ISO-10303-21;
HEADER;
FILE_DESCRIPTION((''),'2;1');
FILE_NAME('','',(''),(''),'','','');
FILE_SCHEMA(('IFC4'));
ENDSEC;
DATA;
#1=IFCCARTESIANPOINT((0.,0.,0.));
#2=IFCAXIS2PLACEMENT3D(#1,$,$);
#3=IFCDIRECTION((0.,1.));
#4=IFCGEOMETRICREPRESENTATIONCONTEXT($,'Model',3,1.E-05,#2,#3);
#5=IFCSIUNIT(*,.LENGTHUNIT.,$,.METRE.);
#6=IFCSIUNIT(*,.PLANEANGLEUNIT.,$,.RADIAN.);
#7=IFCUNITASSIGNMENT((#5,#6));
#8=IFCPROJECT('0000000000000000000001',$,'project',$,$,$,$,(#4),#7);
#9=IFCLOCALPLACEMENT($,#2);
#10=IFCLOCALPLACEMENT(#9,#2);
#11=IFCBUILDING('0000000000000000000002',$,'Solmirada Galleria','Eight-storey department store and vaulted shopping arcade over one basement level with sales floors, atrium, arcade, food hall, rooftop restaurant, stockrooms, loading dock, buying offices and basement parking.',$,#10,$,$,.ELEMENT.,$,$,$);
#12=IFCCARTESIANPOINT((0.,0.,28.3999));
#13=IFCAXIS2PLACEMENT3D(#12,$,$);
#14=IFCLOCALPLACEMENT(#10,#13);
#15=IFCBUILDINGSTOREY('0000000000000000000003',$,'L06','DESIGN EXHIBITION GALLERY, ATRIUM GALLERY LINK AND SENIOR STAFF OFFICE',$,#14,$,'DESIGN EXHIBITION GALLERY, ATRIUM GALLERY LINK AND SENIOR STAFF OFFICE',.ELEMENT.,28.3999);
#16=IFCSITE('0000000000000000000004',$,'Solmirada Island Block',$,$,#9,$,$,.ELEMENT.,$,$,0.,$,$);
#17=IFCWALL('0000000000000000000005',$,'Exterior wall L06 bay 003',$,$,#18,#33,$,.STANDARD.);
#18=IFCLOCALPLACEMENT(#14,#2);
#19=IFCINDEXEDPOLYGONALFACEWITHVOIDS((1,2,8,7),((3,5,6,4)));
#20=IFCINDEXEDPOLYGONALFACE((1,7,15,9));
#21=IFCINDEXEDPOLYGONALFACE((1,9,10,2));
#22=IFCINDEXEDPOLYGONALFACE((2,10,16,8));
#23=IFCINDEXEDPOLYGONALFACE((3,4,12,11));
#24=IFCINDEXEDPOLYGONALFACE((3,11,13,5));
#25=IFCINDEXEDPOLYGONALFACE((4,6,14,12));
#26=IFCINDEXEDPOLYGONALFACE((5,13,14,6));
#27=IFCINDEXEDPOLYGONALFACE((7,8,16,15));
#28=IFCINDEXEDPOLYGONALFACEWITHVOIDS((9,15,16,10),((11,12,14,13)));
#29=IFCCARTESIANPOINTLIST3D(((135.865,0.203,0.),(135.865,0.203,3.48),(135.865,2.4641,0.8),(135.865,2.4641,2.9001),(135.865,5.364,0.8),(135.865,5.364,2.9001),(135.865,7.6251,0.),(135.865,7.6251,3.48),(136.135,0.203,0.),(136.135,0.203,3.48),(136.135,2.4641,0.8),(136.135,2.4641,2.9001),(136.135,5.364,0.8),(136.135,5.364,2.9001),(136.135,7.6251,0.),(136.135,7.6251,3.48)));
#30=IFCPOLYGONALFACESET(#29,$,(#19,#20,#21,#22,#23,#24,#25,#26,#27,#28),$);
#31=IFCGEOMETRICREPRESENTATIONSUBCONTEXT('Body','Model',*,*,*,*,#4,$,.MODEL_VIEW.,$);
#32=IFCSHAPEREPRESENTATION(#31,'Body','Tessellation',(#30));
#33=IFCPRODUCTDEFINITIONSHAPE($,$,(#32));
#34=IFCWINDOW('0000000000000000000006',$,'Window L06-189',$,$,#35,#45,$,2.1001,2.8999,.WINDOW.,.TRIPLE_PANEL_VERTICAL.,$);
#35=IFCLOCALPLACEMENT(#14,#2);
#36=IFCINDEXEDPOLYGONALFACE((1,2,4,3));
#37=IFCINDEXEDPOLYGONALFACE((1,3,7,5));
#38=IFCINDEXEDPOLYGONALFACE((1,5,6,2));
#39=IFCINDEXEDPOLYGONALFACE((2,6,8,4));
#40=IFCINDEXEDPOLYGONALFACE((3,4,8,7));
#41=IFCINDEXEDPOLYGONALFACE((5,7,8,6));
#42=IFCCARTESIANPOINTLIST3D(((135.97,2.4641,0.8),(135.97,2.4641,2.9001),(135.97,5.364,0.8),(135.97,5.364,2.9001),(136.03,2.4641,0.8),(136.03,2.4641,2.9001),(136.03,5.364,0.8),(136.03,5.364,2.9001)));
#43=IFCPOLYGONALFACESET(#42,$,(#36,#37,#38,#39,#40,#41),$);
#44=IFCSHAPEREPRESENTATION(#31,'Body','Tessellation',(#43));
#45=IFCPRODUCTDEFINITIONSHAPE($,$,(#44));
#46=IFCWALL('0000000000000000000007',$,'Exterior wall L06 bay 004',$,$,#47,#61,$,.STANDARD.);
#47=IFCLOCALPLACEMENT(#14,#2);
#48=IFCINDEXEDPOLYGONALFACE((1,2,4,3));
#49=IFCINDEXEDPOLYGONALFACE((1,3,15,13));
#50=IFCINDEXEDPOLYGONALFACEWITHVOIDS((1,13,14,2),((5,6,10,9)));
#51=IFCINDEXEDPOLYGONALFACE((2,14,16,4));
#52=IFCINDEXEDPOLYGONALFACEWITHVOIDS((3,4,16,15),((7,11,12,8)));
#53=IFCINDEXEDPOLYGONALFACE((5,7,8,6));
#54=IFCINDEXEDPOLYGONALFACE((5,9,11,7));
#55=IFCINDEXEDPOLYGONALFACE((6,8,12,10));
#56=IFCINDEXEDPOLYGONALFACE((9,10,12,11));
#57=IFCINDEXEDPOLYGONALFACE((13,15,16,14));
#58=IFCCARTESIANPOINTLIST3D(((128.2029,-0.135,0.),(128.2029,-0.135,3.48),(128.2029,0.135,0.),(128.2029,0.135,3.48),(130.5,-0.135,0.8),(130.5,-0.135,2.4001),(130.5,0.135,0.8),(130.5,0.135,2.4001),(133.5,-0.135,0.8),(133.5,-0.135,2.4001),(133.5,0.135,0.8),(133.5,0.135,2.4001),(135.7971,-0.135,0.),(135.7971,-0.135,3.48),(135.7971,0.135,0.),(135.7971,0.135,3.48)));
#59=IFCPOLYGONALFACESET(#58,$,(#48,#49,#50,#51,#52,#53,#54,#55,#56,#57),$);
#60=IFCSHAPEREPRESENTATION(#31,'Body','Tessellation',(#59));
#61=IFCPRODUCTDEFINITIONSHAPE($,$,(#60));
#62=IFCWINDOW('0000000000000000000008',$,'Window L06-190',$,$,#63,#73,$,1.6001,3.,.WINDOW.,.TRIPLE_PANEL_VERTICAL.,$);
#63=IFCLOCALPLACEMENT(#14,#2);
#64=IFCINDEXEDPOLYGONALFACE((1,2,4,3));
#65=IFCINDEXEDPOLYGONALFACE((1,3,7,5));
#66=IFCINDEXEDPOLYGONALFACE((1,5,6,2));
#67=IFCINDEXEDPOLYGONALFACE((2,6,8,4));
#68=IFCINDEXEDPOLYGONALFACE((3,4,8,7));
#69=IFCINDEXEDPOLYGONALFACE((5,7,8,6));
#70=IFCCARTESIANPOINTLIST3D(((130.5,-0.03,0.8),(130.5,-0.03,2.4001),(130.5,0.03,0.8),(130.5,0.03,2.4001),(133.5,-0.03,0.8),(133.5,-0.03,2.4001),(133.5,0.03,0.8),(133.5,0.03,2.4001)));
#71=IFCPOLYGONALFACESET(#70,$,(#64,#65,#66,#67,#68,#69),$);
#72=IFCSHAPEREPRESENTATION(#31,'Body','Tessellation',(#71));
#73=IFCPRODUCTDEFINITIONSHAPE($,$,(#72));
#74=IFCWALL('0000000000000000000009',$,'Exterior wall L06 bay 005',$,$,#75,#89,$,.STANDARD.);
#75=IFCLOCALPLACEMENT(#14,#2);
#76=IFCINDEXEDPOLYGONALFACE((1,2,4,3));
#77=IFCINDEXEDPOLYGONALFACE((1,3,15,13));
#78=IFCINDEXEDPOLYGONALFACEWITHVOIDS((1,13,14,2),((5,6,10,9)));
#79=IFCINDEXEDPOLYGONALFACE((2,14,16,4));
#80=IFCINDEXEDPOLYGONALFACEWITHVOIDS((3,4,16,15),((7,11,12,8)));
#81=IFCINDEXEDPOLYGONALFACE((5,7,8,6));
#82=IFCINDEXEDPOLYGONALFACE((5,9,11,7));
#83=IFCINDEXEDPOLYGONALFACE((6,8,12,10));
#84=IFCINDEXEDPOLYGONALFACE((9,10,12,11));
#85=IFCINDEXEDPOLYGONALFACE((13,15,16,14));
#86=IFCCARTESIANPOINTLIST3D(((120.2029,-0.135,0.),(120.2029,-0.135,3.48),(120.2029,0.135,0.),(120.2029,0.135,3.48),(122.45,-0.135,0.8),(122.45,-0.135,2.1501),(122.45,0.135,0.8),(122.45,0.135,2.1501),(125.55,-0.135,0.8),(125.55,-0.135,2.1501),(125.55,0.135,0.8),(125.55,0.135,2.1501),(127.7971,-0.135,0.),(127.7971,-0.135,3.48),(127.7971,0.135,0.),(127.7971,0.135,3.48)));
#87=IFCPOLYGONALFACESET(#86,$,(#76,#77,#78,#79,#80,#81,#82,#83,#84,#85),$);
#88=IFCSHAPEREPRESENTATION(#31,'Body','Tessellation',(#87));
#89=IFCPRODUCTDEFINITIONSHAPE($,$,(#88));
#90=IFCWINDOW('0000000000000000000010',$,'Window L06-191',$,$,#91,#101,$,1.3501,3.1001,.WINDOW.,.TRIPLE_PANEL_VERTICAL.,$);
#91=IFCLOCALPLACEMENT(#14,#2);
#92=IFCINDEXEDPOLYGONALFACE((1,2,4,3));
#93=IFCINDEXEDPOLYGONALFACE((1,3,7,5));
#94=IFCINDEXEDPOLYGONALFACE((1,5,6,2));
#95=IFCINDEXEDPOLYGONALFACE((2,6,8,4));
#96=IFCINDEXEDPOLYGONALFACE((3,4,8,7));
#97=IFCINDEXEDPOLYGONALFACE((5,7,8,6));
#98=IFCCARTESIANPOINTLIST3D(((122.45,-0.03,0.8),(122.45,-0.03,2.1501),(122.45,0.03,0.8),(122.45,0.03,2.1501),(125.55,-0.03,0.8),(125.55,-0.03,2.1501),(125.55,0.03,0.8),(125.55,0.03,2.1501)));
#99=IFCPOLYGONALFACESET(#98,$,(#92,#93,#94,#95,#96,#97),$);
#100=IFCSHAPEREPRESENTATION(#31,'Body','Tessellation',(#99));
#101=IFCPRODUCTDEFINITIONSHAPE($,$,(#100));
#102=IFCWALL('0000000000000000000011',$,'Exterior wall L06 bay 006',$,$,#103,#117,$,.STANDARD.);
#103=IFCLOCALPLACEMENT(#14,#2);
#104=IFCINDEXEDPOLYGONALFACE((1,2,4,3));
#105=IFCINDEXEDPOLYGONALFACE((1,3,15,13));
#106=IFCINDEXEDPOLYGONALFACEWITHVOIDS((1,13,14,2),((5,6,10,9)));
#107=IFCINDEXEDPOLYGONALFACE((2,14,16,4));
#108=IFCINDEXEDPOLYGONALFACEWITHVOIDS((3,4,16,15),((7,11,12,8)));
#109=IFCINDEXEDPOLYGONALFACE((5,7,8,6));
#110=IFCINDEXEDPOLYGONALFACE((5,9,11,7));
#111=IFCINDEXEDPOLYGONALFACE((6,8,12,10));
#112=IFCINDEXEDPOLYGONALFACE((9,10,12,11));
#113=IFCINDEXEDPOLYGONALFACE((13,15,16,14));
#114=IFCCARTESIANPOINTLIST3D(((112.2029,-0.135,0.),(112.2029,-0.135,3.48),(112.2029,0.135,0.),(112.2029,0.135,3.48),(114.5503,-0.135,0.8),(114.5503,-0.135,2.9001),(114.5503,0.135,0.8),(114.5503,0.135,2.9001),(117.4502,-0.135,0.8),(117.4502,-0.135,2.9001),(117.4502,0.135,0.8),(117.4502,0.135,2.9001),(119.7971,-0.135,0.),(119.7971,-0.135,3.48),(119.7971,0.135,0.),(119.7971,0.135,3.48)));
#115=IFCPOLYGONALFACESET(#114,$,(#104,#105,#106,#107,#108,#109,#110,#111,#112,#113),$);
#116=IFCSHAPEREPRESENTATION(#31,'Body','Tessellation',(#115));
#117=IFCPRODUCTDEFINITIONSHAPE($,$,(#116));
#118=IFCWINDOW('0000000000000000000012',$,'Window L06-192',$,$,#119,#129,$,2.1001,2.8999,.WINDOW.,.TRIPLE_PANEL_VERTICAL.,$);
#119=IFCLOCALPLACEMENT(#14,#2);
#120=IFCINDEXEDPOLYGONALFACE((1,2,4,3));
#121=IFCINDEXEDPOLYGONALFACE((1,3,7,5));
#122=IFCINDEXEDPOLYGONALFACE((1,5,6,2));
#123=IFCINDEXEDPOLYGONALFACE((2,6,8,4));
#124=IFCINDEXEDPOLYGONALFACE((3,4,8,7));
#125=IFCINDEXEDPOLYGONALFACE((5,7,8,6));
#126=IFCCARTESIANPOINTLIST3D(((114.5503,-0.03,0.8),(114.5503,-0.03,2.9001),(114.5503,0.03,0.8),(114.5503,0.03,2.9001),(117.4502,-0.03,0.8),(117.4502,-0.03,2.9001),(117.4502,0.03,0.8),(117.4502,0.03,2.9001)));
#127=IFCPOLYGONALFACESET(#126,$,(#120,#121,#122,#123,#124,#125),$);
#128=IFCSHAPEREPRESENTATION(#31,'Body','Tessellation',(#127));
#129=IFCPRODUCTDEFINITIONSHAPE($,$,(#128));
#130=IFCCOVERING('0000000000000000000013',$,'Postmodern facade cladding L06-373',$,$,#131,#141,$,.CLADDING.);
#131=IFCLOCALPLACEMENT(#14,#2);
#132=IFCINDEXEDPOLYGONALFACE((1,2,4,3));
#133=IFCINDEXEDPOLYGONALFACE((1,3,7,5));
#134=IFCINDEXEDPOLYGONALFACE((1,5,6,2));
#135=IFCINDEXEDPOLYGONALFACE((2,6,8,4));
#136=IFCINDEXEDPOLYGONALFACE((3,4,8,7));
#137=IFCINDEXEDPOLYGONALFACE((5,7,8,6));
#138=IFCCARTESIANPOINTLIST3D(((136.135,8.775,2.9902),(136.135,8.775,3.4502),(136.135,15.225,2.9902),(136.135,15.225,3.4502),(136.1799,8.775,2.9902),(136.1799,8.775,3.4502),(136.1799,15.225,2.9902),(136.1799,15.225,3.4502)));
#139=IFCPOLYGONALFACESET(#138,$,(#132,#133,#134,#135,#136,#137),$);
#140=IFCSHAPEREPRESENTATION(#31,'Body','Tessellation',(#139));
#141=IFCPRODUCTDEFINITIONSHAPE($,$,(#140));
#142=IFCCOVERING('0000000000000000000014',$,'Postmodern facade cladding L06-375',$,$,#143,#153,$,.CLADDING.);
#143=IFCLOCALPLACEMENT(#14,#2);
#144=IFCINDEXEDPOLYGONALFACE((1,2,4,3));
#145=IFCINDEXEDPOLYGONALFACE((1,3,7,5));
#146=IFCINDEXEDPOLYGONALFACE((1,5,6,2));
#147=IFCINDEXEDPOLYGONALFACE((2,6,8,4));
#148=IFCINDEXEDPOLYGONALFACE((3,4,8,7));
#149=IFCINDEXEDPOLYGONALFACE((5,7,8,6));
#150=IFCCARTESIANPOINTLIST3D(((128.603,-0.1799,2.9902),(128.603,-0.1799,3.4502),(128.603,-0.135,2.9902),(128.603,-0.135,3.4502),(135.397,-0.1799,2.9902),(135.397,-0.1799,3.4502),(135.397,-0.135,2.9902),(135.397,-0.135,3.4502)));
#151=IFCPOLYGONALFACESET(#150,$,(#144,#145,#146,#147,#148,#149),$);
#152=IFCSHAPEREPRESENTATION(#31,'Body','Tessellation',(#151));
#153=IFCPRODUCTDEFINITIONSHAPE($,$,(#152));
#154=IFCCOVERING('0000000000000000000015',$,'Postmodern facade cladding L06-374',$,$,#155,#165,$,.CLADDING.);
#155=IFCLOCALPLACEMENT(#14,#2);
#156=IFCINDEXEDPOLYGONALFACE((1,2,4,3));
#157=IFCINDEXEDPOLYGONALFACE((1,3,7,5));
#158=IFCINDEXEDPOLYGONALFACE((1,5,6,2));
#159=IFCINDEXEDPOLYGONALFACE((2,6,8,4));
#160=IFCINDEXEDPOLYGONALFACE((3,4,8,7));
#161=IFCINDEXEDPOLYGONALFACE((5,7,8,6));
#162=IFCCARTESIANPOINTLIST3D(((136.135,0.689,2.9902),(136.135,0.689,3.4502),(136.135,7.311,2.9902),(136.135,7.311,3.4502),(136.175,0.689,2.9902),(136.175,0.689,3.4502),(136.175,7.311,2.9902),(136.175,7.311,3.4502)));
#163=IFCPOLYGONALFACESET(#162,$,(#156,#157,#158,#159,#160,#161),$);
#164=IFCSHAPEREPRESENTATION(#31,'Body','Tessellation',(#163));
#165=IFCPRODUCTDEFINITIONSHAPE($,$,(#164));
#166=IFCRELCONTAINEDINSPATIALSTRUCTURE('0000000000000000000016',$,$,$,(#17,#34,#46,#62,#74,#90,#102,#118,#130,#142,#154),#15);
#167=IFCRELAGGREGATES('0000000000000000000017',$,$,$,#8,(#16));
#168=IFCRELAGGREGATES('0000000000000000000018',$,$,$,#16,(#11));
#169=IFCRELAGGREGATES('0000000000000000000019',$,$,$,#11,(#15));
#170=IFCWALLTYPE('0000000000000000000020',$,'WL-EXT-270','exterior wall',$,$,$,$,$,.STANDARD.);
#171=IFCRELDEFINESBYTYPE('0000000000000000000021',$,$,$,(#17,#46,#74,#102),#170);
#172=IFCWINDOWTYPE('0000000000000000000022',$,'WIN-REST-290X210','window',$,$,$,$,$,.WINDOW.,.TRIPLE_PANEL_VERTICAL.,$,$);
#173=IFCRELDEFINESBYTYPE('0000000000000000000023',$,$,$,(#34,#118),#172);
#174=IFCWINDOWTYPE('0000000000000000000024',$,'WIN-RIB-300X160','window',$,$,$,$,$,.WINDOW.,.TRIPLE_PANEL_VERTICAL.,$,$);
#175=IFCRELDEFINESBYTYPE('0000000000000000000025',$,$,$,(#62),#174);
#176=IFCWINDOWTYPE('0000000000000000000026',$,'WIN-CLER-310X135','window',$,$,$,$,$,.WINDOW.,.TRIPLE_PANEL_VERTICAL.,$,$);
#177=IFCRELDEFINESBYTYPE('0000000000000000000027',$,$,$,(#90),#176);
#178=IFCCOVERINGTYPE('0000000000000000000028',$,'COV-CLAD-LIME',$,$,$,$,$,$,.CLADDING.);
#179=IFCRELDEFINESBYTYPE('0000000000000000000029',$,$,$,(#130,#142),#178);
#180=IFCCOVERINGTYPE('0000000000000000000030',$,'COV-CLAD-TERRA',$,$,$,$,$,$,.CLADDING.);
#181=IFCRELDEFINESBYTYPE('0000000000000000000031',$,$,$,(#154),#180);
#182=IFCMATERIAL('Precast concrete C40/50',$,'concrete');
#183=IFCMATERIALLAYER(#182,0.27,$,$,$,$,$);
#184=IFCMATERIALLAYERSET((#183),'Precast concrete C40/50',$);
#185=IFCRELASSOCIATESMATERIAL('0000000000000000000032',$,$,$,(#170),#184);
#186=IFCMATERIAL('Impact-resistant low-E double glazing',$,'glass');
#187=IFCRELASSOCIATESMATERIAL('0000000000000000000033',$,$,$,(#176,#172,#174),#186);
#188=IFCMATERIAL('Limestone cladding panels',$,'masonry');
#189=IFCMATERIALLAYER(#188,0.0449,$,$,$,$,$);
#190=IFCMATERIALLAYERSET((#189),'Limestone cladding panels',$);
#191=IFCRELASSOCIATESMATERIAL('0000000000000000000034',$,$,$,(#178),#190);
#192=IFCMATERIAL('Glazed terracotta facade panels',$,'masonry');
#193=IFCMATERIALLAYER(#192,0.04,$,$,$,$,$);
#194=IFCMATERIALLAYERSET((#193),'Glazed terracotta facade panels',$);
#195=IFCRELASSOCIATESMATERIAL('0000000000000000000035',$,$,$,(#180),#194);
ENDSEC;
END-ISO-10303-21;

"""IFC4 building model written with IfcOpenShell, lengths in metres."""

from ifc_helpers import new_model, si_unit, direction, frame, frame_2d, origin, origin_2d, place, context, subcontext, project, spatial, rectangle, extrude, material, layer, layer_set, type_object, element, fill, save


model = new_model("IFC4")

# Units and contexts
model_context = context("Model", 3, precision=1e-05, world=origin(), true_north=direction((0.0, 1.0)))
body_context = subcontext(model_context, "Body", "Model", "MODEL_VIEW")
ifc_project = project(units=[si_unit("LENGTHUNIT", "METRE"), si_unit("PLANEANGLEUNIT", "RADIAN")], contexts=[model_context])

# Site, building, storey
site_placement = place(None, origin())
site = spatial("IfcSite", under=ifc_project, at=site_placement, Name="Solmirada Island Block", CompositionType="ELEMENT", RefElevation=0.0)
building_placement = place(site_placement, origin())
building = spatial("IfcBuilding", under=site, at=building_placement, Name="Solmirada Galleria", Description="Eight-storey department store and vaulted shopping arcade over one basement level with sales floors, atrium, arcade, food hall, rooftop restaurant, stockrooms, loading dock, buying offices and basement parking.", CompositionType="ELEMENT")
storey_placement = place(building_placement, frame((0.0, 0.0, 28.3999)))
storey = spatial("IfcBuildingStorey", under=building, at=storey_placement, Name="L06", Description="DESIGN EXHIBITION GALLERY, ATRIUM GALLERY LINK AND SENIOR STAFF OFFICE", LongName="DESIGN EXHIBITION GALLERY, ATRIUM GALLERY LINK AND SENIOR STAFF OFFICE", CompositionType="ELEMENT", Elevation=28.3999)

# Walls, openings, windows
ifc_material_1 = material(Name="Precast concrete C40/50", Category="concrete")
ifc_layer_1 = layer(ifc_material_1, 0.27)
ifc_layer_set_1 = layer_set([ifc_layer_1], Name="Precast concrete C40/50")
wall_type = type_object("IfcWallType", Name="WL-EXT-270", Description="exterior wall", PredefinedType="STANDARD", material=ifc_layer_set_1)
ifc_material_2 = material(Name="Impact-resistant low-E double glazing", Category="glass")
window_type_1 = type_object("IfcWindowType", Name="WIN-CLER-310X135", Description="window", PartitioningType="TRIPLE_PANEL_VERTICAL", PredefinedType="WINDOW", material=ifc_material_2)
wall_1_placement = place(storey_placement, frame((136.0, 7.625, 0.0), z_axis=(0.0, 0.0, 1.0), x_axis=(0.0, -1.0, 0.0)))
wall_1 = element("IfcWall", 1, at=wall_1_placement, inside=storey, type_object=wall_type, Name="Exterior wall L06 bay 003", PredefinedType="STANDARD", context=body_context, shape_type="SweptSolid", body=[
    extrude(rectangle(XDim=7.4221, YDim=0.27, at=frame_2d((3.7109, 0.0))), origin(), (0.0, 0.0, 1.0), 3.48),
])
opening_1_placement = place(wall_1_placement, frame((2.261, 0.0, 0.8)))
opening_1 = element("IfcOpeningElement", 2, at=opening_1_placement, cuts=wall_1, PredefinedType="OPENING", context=body_context, shape_type="SweptSolid", body=[
    extrude(rectangle(XDim=2.8999, YDim=2.1001, at=frame_2d((1.45, 1.05))), frame((0.0, 0.145, 0.0), z_axis=(0.0, -1.0, 0.0), x_axis=(1.0, 0.0, 0.0)), (0.0, 0.0, 1.0), 0.29),
])
window_type_2 = type_object("IfcWindowType", Name="WIN-REST-290X210", Description="window", PartitioningType="TRIPLE_PANEL_VERTICAL", PredefinedType="WINDOW", material=ifc_material_2)
window_1_placement = place(opening_1_placement, origin())
window_1 = element("IfcWindow", 3, at=window_1_placement, inside=storey, type_object=window_type_2, Name="Window L06-189", OverallHeight=2.1001, OverallWidth=2.8999, PartitioningType="TRIPLE_PANEL_VERTICAL", PredefinedType="WINDOW", context=body_context, shape_type="SweptSolid", body=[
    extrude(rectangle(XDim=2.8999, YDim=2.1001, at=frame_2d((1.45, 1.05))), frame((0.0, 0.03, 0.0), z_axis=(0.0, -1.0, 0.0), x_axis=(1.0, 0.0, 0.0)), (0.0, 0.0, 1.0), 0.0601),
])
fill(opening_1, window_1)
wall_2_placement = place(storey_placement, frame((135.7971, 0.0, 0.0), z_axis=(0.0, 0.0, 1.0), x_axis=(-1.0, 0.0, 0.0)))
wall_2 = element("IfcWall", 4, at=wall_2_placement, inside=storey, type_object=wall_type, Name="Exterior wall L06 bay 004", PredefinedType="STANDARD", context=body_context, shape_type="SweptSolid", body=[
    extrude(rectangle(XDim=7.5942, YDim=0.27, at=frame_2d((3.7971, 0.0))), origin(), (0.0, 0.0, 1.0), 3.48),
])
opening_2_placement = place(wall_2_placement, frame((2.2971, 0.0, 0.8)))
opening_2 = element("IfcOpeningElement", 5, at=opening_2_placement, cuts=wall_2, PredefinedType="OPENING", context=body_context, shape_type="SweptSolid", body=[
    extrude(rectangle(XDim=3.0, YDim=1.6001, at=frame_2d((1.5, 0.8))), frame((0.0, 0.145, 0.0), z_axis=(0.0, -1.0, 0.0), x_axis=(1.0, 0.0, 0.0)), (0.0, 0.0, 1.0), 0.29),
])
window_type_3 = type_object("IfcWindowType", Name="WIN-RIB-300X160", Description="window", PartitioningType="TRIPLE_PANEL_VERTICAL", PredefinedType="WINDOW", material=ifc_material_2)
window_2_placement = place(opening_2_placement, origin())
window_2 = element("IfcWindow", 6, at=window_2_placement, inside=storey, type_object=window_type_3, Name="Window L06-190", OverallHeight=1.6001, OverallWidth=3.0, PartitioningType="TRIPLE_PANEL_VERTICAL", PredefinedType="WINDOW", context=body_context, shape_type="SweptSolid", body=[
    extrude(rectangle(XDim=3.0, YDim=1.6001, at=frame_2d((1.5, 0.8))), frame((0.0, 0.03, 0.0), z_axis=(0.0, -1.0, 0.0), x_axis=(1.0, 0.0, 0.0)), (0.0, 0.0, 1.0), 0.0601),
])
fill(opening_2, window_2)
wall_3_placement = place(storey_placement, frame((127.7971, 0.0, 0.0), z_axis=(0.0, 0.0, 1.0), x_axis=(-1.0, 0.0, 0.0)))
wall_3 = element("IfcWall", 7, at=wall_3_placement, inside=storey, type_object=wall_type, Name="Exterior wall L06 bay 005", PredefinedType="STANDARD", context=body_context, shape_type="SweptSolid", body=[
    extrude(rectangle(XDim=7.5942, YDim=0.27, at=frame_2d((3.7971, 0.0))), origin(), (0.0, 0.0, 1.0), 3.48),
])
opening_3_placement = place(wall_3_placement, frame((2.2471, 0.0, 0.8)))
opening_3 = element("IfcOpeningElement", 8, at=opening_3_placement, cuts=wall_3, PredefinedType="OPENING", context=body_context, shape_type="SweptSolid", body=[
    extrude(rectangle(XDim=3.1001, YDim=1.3501, at=frame_2d((1.55, 0.675))), frame((0.0, 0.145, 0.0), z_axis=(0.0, -1.0, 0.0), x_axis=(1.0, 0.0, 0.0)), (0.0, 0.0, 1.0), 0.29),
])
window_3_placement = place(opening_3_placement, origin())
window_3 = element("IfcWindow", 9, at=window_3_placement, inside=storey, type_object=window_type_1, Name="Window L06-191", OverallHeight=1.3501, OverallWidth=3.1001, PartitioningType="TRIPLE_PANEL_VERTICAL", PredefinedType="WINDOW", context=body_context, shape_type="SweptSolid", body=[
    extrude(rectangle(XDim=3.1001, YDim=1.3501, at=frame_2d((1.55, 0.675))), frame((0.0, 0.03, 0.0), z_axis=(0.0, -1.0, 0.0), x_axis=(1.0, 0.0, 0.0)), (0.0, 0.0, 1.0), 0.0601),
])
fill(opening_3, window_3)
wall_4_placement = place(storey_placement, frame((119.7971, 0.0, 0.0), z_axis=(0.0, 0.0, 1.0), x_axis=(-1.0, 0.0, 0.0)))
wall_4 = element("IfcWall", 10, at=wall_4_placement, inside=storey, type_object=wall_type, Name="Exterior wall L06 bay 006", PredefinedType="STANDARD", context=body_context, shape_type="SweptSolid", body=[
    extrude(rectangle(XDim=7.5942, YDim=0.27, at=frame_2d((3.7971, 0.0))), origin(), (0.0, 0.0, 1.0), 3.48),
])
opening_4_placement = place(wall_4_placement, frame((2.3469, 0.0, 0.8)))
opening_4 = element("IfcOpeningElement", 11, at=opening_4_placement, cuts=wall_4, PredefinedType="OPENING", context=body_context, shape_type="SweptSolid", body=[
    extrude(rectangle(XDim=2.8999, YDim=2.1001, at=frame_2d((1.45, 1.05))), frame((0.0, 0.145, 0.0), z_axis=(0.0, -1.0, 0.0), x_axis=(1.0, 0.0, 0.0)), (0.0, 0.0, 1.0), 0.29),
])
window_4_placement = place(opening_4_placement, origin())
window_4 = element("IfcWindow", 12, at=window_4_placement, inside=storey, type_object=window_type_2, Name="Window L06-192", OverallHeight=2.1001, OverallWidth=2.8999, PartitioningType="TRIPLE_PANEL_VERTICAL", PredefinedType="WINDOW", context=body_context, shape_type="SweptSolid", body=[
    extrude(rectangle(XDim=2.8999, YDim=2.1001, at=frame_2d((1.45, 1.05))), frame((0.0, 0.03, 0.0), z_axis=(0.0, -1.0, 0.0), x_axis=(1.0, 0.0, 0.0)), (0.0, 0.0, 1.0), 0.0601),
])
fill(opening_4, window_4)

# Coverings
ifc_material_3 = material(Name="Limestone cladding panels", Category="masonry")
ifc_layer_2 = layer(ifc_material_3, 0.0449)
ifc_layer_set_2 = layer_set([ifc_layer_2], Name="Limestone cladding panels")
covering_type_1 = type_object("IfcCoveringType", Name="COV-CLAD-LIME", PredefinedType="CLADDING", material=ifc_layer_set_2)
covering_1_placement = place(storey_placement, frame((136.1575, 12.0, 2.9902), z_axis=(0.0, 0.0, 1.0), x_axis=(0.0, -1.0, 0.0)))
element("IfcCovering", 13, at=covering_1_placement, inside=storey, type_object=covering_type_1, Name="Postmodern facade cladding L06-373", PredefinedType="CLADDING", context=body_context, shape_type="SweptSolid", body=[
    extrude(rectangle(XDim=6.45, YDim=0.0449, at=origin_2d()), origin(), (0.0, 0.0, 1.0), 0.46),
])
covering_2_placement = place(storey_placement, frame((132.0, -0.1575, 2.9902), z_axis=(0.0, 0.0, 1.0), x_axis=(-1.0, 0.0, 0.0)))
element("IfcCovering", 14, at=covering_2_placement, inside=storey, type_object=covering_type_1, Name="Postmodern facade cladding L06-375", PredefinedType="CLADDING", context=body_context, shape_type="SweptSolid", body=[
    extrude(rectangle(XDim=6.7939, YDim=0.0449, at=origin_2d()), origin(), (0.0, 0.0, 1.0), 0.46),
])
ifc_material_4 = material(Name="Glazed terracotta facade panels", Category="masonry")
ifc_layer_3 = layer(ifc_material_4, 0.04)
ifc_layer_set_3 = layer_set([ifc_layer_3], Name="Glazed terracotta facade panels")
covering_type_2 = type_object("IfcCoveringType", Name="COV-CLAD-TERRA", PredefinedType="CLADDING", material=ifc_layer_set_3)
covering_3_placement = place(storey_placement, frame((136.155, 4.0, 2.9902), z_axis=(0.0, 0.0, 1.0), x_axis=(0.0, -1.0, 0.0)))
element("IfcCovering", 15, at=covering_3_placement, inside=storey, type_object=covering_type_2, Name="Postmodern facade cladding L06-374", PredefinedType="CLADDING", context=body_context, shape_type="SweptSolid", body=[
    extrude(rectangle(XDim=6.6221, YDim=0.04, at=origin_2d()), origin(), (0.0, 0.0, 1.0), 0.46),
])

save(model, "model.ifc")
